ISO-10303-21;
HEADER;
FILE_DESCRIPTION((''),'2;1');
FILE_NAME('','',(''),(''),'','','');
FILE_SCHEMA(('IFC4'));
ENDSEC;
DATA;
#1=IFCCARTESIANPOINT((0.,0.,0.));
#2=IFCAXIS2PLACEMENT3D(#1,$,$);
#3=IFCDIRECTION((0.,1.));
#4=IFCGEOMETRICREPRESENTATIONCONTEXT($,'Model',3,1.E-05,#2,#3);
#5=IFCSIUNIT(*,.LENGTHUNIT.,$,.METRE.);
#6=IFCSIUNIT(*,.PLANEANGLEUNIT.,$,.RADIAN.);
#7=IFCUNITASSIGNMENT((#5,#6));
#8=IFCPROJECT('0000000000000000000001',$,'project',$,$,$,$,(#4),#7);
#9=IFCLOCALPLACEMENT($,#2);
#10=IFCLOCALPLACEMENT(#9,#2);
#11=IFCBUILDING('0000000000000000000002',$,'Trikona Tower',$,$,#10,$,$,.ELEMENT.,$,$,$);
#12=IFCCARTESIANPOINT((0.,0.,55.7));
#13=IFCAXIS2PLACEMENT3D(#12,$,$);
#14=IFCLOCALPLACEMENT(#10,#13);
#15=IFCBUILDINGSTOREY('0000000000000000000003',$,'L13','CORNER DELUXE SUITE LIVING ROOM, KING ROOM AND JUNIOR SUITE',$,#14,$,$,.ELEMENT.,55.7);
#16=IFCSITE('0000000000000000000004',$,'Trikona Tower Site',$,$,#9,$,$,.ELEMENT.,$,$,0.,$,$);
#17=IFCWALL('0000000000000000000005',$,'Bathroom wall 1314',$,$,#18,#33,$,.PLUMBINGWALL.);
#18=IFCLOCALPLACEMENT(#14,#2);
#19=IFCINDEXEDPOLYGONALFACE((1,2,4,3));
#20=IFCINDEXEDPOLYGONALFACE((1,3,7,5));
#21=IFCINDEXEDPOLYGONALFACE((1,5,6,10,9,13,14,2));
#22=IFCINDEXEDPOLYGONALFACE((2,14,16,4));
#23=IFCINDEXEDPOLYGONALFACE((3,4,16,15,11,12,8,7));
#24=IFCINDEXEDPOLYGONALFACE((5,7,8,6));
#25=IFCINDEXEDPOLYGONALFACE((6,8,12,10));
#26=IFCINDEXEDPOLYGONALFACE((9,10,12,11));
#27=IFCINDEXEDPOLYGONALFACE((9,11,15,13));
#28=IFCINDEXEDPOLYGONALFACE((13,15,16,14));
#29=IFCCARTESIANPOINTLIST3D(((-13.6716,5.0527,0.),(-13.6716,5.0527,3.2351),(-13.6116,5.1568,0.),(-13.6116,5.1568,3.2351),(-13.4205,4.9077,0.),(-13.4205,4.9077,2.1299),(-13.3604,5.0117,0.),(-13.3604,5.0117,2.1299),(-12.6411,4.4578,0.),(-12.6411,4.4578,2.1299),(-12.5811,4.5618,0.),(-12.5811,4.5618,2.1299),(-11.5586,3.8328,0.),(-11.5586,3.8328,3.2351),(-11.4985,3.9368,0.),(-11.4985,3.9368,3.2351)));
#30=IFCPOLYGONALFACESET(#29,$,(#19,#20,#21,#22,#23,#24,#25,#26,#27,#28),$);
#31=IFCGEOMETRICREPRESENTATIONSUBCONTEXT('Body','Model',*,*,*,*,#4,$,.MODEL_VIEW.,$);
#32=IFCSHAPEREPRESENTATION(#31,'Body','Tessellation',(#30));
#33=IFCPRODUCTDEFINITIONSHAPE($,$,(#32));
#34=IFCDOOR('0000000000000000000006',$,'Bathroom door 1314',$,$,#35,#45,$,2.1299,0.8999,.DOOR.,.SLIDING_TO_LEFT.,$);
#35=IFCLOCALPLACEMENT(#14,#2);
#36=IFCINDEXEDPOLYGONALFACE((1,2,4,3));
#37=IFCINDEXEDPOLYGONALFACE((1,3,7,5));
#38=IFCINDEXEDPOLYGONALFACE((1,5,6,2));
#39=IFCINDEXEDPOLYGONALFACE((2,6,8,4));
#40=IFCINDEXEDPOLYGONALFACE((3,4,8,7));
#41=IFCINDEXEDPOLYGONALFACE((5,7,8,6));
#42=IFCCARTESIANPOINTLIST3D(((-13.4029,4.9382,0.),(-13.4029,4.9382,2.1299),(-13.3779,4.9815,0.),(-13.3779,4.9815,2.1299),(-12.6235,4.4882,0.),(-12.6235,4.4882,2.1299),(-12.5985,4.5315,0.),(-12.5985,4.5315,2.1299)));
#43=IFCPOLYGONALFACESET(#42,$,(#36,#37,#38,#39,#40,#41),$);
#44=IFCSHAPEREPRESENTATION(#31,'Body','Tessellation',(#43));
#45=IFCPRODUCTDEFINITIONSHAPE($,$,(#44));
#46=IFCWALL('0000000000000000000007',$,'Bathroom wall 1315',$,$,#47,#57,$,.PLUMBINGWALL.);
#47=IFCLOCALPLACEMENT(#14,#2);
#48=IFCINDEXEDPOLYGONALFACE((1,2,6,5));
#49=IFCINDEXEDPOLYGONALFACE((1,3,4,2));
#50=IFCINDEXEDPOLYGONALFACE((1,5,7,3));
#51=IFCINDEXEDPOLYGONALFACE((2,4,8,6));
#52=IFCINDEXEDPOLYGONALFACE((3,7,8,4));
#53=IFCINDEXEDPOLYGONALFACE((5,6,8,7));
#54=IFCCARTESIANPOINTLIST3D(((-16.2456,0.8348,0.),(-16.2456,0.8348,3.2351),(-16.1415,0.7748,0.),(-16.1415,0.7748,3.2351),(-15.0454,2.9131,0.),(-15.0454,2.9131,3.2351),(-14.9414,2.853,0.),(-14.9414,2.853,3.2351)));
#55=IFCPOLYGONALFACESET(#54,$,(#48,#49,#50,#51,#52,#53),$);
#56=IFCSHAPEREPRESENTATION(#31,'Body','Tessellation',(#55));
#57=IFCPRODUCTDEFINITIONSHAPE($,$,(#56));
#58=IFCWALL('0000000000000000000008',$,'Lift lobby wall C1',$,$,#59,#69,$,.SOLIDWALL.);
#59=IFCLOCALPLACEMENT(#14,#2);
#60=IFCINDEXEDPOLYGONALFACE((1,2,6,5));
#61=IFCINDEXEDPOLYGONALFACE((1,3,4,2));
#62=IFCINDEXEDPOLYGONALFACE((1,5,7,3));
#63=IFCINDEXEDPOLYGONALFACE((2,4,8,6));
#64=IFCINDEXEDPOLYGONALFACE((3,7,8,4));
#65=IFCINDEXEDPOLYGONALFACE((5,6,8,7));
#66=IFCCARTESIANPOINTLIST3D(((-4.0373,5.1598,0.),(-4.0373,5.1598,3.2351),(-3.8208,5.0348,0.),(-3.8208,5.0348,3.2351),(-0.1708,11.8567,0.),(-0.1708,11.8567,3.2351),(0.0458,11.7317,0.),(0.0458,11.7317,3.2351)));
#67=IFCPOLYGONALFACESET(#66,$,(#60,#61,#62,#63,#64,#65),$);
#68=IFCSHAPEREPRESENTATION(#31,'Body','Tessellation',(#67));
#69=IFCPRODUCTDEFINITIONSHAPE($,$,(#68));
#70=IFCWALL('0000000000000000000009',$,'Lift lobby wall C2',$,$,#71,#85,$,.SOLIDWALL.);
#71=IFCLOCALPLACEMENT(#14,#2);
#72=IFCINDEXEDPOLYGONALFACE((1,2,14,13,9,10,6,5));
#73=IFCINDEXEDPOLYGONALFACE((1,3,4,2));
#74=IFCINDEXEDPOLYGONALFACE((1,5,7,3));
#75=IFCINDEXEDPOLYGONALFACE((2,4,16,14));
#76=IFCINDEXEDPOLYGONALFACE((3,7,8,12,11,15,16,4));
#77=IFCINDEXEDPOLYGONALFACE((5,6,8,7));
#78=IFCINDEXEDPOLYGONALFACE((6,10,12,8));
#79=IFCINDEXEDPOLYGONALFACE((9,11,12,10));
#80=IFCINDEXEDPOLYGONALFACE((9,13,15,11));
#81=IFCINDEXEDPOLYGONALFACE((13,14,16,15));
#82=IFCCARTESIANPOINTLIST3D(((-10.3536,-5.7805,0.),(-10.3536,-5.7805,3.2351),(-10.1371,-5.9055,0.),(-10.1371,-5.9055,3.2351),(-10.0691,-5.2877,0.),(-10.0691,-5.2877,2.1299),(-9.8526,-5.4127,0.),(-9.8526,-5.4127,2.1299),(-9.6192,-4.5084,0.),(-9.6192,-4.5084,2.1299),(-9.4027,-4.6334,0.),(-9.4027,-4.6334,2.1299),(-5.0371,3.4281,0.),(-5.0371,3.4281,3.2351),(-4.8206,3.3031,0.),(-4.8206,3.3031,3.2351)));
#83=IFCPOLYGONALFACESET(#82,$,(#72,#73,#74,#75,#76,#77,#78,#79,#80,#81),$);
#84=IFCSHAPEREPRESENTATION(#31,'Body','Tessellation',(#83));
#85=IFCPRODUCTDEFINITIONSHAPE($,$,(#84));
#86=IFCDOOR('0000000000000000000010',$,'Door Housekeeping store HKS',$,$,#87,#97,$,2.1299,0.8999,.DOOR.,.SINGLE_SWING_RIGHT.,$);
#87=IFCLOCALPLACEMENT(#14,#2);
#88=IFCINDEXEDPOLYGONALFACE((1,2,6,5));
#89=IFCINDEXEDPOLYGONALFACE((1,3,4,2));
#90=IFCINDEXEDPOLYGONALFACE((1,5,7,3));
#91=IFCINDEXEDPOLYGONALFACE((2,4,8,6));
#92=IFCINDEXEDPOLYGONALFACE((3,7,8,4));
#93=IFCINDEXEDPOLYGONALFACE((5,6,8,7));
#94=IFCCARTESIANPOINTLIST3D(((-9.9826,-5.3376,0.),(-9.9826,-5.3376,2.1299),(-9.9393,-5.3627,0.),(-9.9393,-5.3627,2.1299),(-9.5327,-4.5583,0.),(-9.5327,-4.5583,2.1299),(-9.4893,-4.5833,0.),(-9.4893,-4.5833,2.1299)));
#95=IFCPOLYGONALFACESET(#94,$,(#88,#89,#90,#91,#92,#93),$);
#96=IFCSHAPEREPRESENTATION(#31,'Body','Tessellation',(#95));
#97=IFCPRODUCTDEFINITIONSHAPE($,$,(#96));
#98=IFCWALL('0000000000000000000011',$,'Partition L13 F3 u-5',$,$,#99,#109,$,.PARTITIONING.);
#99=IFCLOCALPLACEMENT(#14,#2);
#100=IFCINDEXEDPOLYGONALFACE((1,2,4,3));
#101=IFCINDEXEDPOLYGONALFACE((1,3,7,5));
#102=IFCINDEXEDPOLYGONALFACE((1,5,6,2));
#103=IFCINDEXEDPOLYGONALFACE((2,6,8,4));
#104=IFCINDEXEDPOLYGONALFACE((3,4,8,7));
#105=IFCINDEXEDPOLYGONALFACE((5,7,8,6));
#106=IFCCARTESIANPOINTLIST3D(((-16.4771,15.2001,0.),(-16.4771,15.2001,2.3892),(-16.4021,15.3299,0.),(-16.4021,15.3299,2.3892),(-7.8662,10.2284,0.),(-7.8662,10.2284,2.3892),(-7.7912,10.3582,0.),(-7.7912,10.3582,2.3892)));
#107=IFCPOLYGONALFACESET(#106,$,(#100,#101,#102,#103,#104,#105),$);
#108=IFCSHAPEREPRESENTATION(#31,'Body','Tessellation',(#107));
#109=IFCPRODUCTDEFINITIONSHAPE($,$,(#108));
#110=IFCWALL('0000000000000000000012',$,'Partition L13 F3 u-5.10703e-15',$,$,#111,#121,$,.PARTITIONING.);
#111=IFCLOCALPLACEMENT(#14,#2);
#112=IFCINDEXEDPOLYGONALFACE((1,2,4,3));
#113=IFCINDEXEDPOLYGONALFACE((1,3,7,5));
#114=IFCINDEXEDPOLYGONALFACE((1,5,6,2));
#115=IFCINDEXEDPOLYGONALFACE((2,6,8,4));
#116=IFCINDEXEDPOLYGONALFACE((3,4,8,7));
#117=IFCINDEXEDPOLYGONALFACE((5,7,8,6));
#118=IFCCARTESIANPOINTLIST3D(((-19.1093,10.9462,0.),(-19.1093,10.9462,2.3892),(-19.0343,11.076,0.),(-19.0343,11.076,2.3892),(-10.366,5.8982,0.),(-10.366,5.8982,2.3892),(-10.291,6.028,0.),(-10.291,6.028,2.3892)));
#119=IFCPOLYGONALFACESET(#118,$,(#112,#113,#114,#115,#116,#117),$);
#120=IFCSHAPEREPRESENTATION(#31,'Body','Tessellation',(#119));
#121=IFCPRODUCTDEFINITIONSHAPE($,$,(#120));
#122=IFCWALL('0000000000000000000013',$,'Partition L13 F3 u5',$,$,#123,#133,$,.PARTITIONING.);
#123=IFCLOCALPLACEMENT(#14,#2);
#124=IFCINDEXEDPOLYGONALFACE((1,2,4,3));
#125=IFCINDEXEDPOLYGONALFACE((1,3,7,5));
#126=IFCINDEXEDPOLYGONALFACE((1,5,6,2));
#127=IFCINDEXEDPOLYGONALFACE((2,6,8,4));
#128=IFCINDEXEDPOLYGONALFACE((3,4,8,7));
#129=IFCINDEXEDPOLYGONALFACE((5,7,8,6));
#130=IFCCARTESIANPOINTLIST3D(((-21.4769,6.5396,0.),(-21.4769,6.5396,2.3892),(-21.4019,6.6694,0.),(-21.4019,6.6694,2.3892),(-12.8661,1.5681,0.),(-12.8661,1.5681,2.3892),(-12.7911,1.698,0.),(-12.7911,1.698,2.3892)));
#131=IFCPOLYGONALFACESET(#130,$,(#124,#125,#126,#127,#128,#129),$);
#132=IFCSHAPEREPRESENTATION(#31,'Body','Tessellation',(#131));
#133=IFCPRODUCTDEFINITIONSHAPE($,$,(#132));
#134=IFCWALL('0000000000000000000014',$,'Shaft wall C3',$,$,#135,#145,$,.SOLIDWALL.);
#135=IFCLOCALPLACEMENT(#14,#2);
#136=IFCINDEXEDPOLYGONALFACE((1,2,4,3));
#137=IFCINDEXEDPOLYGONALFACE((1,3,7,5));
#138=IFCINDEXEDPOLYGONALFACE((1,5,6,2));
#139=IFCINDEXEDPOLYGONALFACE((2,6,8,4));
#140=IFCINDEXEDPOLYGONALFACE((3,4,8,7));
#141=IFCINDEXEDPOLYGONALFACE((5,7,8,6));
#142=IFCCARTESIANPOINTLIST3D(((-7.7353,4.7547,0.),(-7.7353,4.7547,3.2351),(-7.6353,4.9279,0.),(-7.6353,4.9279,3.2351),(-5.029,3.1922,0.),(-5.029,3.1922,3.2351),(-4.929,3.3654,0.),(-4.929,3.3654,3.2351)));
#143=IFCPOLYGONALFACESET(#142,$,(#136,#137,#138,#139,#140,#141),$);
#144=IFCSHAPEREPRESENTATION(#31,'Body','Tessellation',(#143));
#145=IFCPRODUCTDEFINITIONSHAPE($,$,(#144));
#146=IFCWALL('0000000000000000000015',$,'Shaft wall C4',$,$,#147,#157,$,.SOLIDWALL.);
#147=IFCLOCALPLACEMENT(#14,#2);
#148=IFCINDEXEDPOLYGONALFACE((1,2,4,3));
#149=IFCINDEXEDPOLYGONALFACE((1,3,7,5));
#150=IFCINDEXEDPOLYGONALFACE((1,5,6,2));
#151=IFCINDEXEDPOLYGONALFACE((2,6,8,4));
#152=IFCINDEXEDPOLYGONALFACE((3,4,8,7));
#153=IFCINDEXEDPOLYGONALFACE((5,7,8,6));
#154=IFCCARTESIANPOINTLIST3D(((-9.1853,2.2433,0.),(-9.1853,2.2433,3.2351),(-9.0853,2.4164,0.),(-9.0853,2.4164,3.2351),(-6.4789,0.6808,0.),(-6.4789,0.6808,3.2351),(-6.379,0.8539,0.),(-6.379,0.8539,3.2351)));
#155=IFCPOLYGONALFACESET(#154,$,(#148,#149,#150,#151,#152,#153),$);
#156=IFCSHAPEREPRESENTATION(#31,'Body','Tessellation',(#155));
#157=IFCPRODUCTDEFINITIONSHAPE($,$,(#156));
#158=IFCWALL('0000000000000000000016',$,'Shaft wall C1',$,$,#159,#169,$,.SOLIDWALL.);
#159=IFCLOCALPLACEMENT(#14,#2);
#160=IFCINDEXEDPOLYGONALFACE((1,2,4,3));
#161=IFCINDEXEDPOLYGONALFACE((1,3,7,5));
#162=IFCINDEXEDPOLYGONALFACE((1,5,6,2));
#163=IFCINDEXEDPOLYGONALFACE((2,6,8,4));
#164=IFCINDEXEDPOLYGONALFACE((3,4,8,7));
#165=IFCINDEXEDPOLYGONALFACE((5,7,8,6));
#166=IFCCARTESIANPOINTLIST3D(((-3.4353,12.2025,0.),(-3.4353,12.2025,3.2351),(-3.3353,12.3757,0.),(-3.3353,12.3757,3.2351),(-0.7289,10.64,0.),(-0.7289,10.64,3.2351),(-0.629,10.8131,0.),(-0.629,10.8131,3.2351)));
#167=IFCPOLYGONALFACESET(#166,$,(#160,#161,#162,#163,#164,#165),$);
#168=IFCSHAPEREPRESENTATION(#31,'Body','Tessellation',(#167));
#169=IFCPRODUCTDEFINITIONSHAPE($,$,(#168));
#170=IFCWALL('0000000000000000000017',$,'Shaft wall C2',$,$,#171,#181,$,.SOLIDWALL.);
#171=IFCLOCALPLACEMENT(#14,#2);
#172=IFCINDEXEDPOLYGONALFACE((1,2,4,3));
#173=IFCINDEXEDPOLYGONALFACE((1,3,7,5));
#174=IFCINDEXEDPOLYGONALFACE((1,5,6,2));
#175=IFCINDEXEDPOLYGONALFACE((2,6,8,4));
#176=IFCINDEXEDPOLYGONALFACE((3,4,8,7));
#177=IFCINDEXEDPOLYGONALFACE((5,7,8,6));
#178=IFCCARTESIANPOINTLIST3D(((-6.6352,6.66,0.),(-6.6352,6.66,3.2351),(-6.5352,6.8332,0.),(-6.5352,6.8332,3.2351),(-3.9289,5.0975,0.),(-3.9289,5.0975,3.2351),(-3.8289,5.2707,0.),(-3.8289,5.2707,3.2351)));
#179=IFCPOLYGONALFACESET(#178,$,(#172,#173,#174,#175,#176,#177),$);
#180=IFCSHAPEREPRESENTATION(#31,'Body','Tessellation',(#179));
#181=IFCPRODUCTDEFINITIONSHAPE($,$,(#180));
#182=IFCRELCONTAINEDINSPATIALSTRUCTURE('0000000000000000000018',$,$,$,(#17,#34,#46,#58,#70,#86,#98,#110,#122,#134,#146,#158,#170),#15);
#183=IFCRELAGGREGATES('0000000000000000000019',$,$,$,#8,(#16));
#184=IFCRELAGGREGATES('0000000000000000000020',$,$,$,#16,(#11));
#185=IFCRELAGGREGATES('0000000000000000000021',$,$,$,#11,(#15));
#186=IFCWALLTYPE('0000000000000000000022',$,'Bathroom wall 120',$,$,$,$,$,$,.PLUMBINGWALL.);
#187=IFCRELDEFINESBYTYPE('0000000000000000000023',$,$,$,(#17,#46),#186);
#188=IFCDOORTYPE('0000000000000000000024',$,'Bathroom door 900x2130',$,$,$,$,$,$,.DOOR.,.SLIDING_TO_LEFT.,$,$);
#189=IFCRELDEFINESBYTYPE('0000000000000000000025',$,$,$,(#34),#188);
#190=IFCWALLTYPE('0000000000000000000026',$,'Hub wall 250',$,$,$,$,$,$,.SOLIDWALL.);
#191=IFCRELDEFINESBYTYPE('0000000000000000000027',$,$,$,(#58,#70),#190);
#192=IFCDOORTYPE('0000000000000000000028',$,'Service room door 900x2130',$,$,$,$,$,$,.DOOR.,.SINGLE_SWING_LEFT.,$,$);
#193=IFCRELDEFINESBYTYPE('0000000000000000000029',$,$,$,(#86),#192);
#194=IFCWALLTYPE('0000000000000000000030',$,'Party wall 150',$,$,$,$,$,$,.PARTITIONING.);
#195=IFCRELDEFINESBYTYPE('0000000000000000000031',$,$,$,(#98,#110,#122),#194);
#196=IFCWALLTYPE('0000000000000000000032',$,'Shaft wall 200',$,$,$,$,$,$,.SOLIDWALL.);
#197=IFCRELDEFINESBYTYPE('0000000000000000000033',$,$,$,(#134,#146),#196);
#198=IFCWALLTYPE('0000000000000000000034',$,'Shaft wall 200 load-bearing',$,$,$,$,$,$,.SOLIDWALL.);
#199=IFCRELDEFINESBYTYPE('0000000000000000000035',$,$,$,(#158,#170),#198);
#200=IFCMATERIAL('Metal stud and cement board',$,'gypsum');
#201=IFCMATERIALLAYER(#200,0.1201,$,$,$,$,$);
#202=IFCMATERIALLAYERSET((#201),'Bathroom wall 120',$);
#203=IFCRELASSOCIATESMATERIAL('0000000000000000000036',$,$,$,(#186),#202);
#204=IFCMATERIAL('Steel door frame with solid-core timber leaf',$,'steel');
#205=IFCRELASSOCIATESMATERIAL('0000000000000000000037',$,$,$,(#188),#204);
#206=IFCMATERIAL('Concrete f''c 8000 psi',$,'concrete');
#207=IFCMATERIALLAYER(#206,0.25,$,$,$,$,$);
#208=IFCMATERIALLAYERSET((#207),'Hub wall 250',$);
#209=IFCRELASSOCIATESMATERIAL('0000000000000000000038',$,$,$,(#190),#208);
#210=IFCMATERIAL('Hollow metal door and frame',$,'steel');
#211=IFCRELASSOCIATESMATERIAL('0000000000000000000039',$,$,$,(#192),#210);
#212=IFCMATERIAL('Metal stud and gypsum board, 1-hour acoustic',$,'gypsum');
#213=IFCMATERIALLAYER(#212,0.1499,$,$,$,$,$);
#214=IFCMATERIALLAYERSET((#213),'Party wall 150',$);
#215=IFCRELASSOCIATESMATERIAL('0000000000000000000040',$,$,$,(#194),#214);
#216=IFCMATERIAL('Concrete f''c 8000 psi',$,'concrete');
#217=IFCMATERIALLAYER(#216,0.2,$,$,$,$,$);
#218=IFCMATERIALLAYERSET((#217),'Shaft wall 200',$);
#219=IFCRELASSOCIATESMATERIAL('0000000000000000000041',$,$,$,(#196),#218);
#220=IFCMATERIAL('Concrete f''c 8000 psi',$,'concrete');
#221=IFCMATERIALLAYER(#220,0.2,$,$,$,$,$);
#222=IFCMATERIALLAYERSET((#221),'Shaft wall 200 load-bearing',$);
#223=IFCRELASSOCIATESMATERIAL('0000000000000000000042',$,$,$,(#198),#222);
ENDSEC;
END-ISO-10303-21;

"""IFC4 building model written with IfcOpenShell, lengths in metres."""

from ifc_helpers import new_model, si_unit, direction, frame, frame_2d, origin, place, context, subcontext, project, spatial, rectangle, extrude, material, layer, layer_set, type_object, element, fill, save


model = new_model("IFC4")

# Units and contexts
model_context = context("Model", 3, precision=1e-05, world=origin(), true_north=direction((0.0, 1.0)))
body_context = subcontext(model_context, "Body", "Model", "MODEL_VIEW")
ifc_project = project(units=[si_unit("LENGTHUNIT", "METRE"), si_unit("PLANEANGLEUNIT", "RADIAN")], contexts=[model_context])

# Site, building, storey
site_placement = place(None, origin())
site = spatial("IfcSite", under=ifc_project, at=site_placement, Name="Trikona Tower Site", CompositionType="ELEMENT", RefElevation=0.0)
building_placement = place(site_placement, origin())
building = spatial("IfcBuilding", under=site, at=building_placement, Name="Trikona Tower", CompositionType="ELEMENT")
storey_placement = place(building_placement, frame((0.0, 0.0, 55.7)))
storey = spatial("IfcBuildingStorey", under=building, at=storey_placement, Name="L13", Description="CORNER DELUXE SUITE LIVING ROOM, KING ROOM AND JUNIOR SUITE", CompositionType="ELEMENT", Elevation=55.7)

# Shared definitions
ifc_material_1 = material(Name="Metal stud and cement board", Category="gypsum")
ifc_layer_1 = layer(ifc_material_1, 0.1201)
ifc_layer_set_1 = layer_set([ifc_layer_1], Name="Bathroom wall 120")
wall_type_1 = type_object("IfcWallType", Name="Bathroom wall 120", PredefinedType="PLUMBINGWALL", material=ifc_layer_set_1)
ifc_material_2 = material(Name="Steel door frame with solid-core timber leaf", Category="steel")
door_type_1 = type_object("IfcDoorType", Name="Bathroom door 900x2130", OperationType="SLIDING_TO_LEFT", PredefinedType="DOOR", material=ifc_material_2)

# Wall, opening, door
wall_1_placement = place(storey_placement, frame((-11.5286, 3.8848, 0.0), z_axis=(0.0, 0.0, 1.0), x_axis=(-0.866024, 0.500003, 0.0)))
wall_1 = element("IfcWall", 1, at=wall_1_placement, inside=storey, type_object=wall_type_1, Name="Bathroom wall 1314", PredefinedType="PLUMBINGWALL", context=body_context, shape_type="SweptSolid", body=[
    extrude(rectangle(XDim=2.4399, YDim=0.1201, at=frame_2d((1.22, 0.0))), origin(), (0.0, 0.0, 1.0), 3.2351),
])
opening_1_placement = place(wall_1_placement, frame((1.25, 0.0, 0.0)))
opening_1 = element("IfcOpeningElement", 2, at=opening_1_placement, cuts=wall_1, PredefinedType="OPENING", context=body_context, shape_type="SweptSolid", body=[
    extrude(rectangle(XDim=0.8999, YDim=2.1299, at=frame_2d((0.45, 1.0649))), frame((0.0, 0.0701, 0.0), z_axis=(0.0, -1.0, 0.0), x_axis=(1.0, 0.0, 0.0)), (0.0, 0.0, 1.0), 0.1401),
])
door_1_placement = place(opening_1_placement, origin())
door_1 = element("IfcDoor", 3, at=door_1_placement, inside=storey, type_object=door_type_1, Name="Bathroom door 1314", OperationType="SLIDING_TO_LEFT", OverallHeight=2.1299, OverallWidth=0.8999, PredefinedType="DOOR", context=body_context, shape_type="SweptSolid", body=[
    extrude(rectangle(XDim=0.8999, YDim=2.1299, at=frame_2d((0.45, 1.0649))), frame((0.0, 0.0249, 0.0), z_axis=(0.0, -1.0, 0.0), x_axis=(1.0, 0.0, 0.0)), (0.0, 0.0, 1.0), 0.05),
])
fill(opening_1, door_1)

# Walls
wall_2_placement = place(storey_placement, frame((-14.9934, 2.8831, 0.0), z_axis=(0.0, 0.0, 1.0), x_axis=(-0.500078, -0.865981, 0.0)))
element("IfcWall", 4, at=wall_2_placement, inside=storey, type_object=wall_type_1, Name="Bathroom wall 1315", PredefinedType="PLUMBINGWALL", context=body_context, shape_type="SweptSolid", body=[
    extrude(rectangle(XDim=2.3999, YDim=0.1201, at=frame_2d((1.2, 0.0))), origin(), (0.0, 0.0, 1.0), 3.2351),
])
ifc_material_3 = material(Name="Concrete f'c 8000 psi", Category="concrete")
ifc_layer_2 = layer(ifc_material_3, 0.25)
ifc_layer_set_2 = layer_set([ifc_layer_2], Name="Hub wall 250")
wall_type_2 = type_object("IfcWallType", Name="Hub wall 250", PredefinedType="SOLIDWALL", material=ifc_layer_set_2)
wall_3_placement = place(storey_placement, frame((-0.0625, 11.7942, 0.0), z_axis=(0.0, 0.0, 1.0), x_axis=(-0.500007, -0.866022, 0.0)))
element("IfcWall", 5, at=wall_3_placement, inside=storey, type_object=wall_type_2, Name="Lift lobby wall C1", PredefinedType="SOLIDWALL", context=body_context, shape_type="SweptSolid", body=[
    extrude(rectangle(XDim=7.7329, YDim=0.25, at=frame_2d((3.8665, 0.0))), origin(), (0.0, 0.0, 1.0), 3.2351),
])

# Wall, opening, door
wall_4_placement = place(storey_placement, frame((-4.929, 3.3655, 0.0), z_axis=(0.0, 0.0, 1.0), x_axis=(-0.499991, -0.86603, 0.0)))
wall_4 = element("IfcWall", 6, at=wall_4_placement, inside=storey, type_object=wall_type_2, Name="Lift lobby wall C2", PredefinedType="SOLIDWALL", context=body_context, shape_type="SweptSolid", body=[
    extrude(rectangle(XDim=10.6331, YDim=0.25, at=frame_2d((5.3164, 0.0))), origin(), (0.0, 0.0, 1.0), 3.2351),
])
opening_2_placement = place(wall_4_placement, frame((9.1641, 0.0, 0.0)))
opening_2 = element("IfcOpeningElement", 7, at=opening_2_placement, cuts=wall_4, PredefinedType="OPENING", context=body_context, shape_type="SweptSolid", body=[
    extrude(rectangle(XDim=0.8999, YDim=2.1299, at=frame_2d((0.45, 1.0649))), frame((0.0, 0.135, 0.0), z_axis=(0.0, -1.0, 0.0), x_axis=(1.0, 0.0, 0.0)), (0.0, 0.0, 1.0), 0.27),
])
ifc_material_4 = material(Name="Hollow metal door and frame", Category="steel")
door_type_2 = type_object("IfcDoorType", Name="Service room door 900x2130", OperationType="SINGLE_SWING_LEFT", PredefinedType="DOOR", material=ifc_material_4)
door_2_placement = place(opening_2_placement, origin())
door_2 = element("IfcDoor", 8, at=door_2_placement, inside=storey, type_object=door_type_2, Name="Door Housekeeping store HKS", OperationType="SINGLE_SWING_RIGHT", OverallHeight=2.1299, OverallWidth=0.8999, PredefinedType="DOOR", context=body_context, shape_type="SweptSolid", body=[
    extrude(rectangle(XDim=0.8999, YDim=2.1299, at=frame_2d((0.45, 1.0649))), frame((0.0, 0.0249, 0.0), z_axis=(0.0, -1.0, 0.0), x_axis=(1.0, 0.0, 0.0)), (0.0, 0.0, 1.0), 0.05),
])
fill(opening_2, door_2)

# Walls
ifc_material_5 = material(Name="Metal stud and gypsum board, 1-hour acoustic", Category="gypsum")
ifc_layer_3 = layer(ifc_material_5, 0.1499)
ifc_layer_set_3 = layer_set([ifc_layer_3], Name="Party wall 150")
wall_type_3 = type_object("IfcWallType", Name="Party wall 150", PredefinedType="PARTITIONING", material=ifc_layer_set_3)
wall_5_placement = place(storey_placement, frame((-7.8286, 10.2932, 0.0), z_axis=(0.0, 0.0, 1.0), x_axis=(-0.866016, 0.500016, 0.0)))
element("IfcWall", 9, at=wall_5_placement, inside=storey, type_object=wall_type_3, Name="Partition L13 F3 u-5", PredefinedType="PARTITIONING", context=body_context, shape_type="SweptSolid", body=[
    extrude(rectangle(XDim=9.9431, YDim=0.1499, at=frame_2d((4.9717, 0.0))), origin(), (0.0, 0.0, 1.0), 2.3892),
])
wall_6_placement = place(storey_placement, frame((-10.3286, 5.9631, 0.0), z_axis=(0.0, 0.0, 1.0), x_axis=(-0.866022, 0.500006, 0.0)))
element("IfcWall", 10, at=wall_6_placement, inside=storey, type_object=wall_type_3, Name="Partition L13 F3 u-5.10703e-15", PredefinedType="PARTITIONING", context=body_context, shape_type="SweptSolid", body=[
    extrude(rectangle(XDim=10.0959, YDim=0.1499, at=frame_2d((5.0479, 0.0))), origin(), (0.0, 0.0, 1.0), 2.3892),
])
wall_7_placement = place(storey_placement, frame((-12.8286, 1.6331, 0.0), z_axis=(0.0, 0.0, 1.0), x_axis=(-0.866027, 0.499997, 0.0)))
element("IfcWall", 11, at=wall_7_placement, inside=storey, type_object=wall_type_3, Name="Partition L13 F3 u5", PredefinedType="PARTITIONING", context=body_context, shape_type="SweptSolid", body=[
    extrude(rectangle(XDim=9.9429, YDim=0.1499, at=frame_2d((4.9714, 0.0))), origin(), (0.0, 0.0, 1.0), 2.3892),
])
ifc_material_6 = material(Name="Concrete f'c 8000 psi", Category="concrete")
ifc_layer_4 = layer(ifc_material_6, 0.2)
ifc_layer_set_4 = layer_set([ifc_layer_4], Name="Shaft wall 200")
wall_type_4 = type_object("IfcWallType", Name="Shaft wall 200", PredefinedType="SOLIDWALL", material=ifc_layer_set_4)
for number, where, z_axis, x_axis, name in (
    (12, (-4.979, 3.2788, 0.0), (0.0, 0.0, 1.0), (-0.866023, 0.500004, 0.0), "Shaft wall C3"),
    (13, (-6.429, 0.7673, 0.0), (0.0, 0.0, 1.0), (-0.866023, 0.500004, 0.0), "Shaft wall C4"),
):
    element("IfcWall", number, at=place(storey_placement, frame(where, z_axis=z_axis, x_axis=x_axis)), inside=storey, type_object=wall_type_4, Name=name, PredefinedType="SOLIDWALL", context=body_context, shape_type="SweptSolid", body=[
        extrude(rectangle(XDim=3.125, YDim=0.2, at=frame_2d((1.5625, 0.0))), origin(), (0.0, 0.0, 1.0), 3.2351),
    ])
ifc_material_7 = material(Name="Concrete f'c 8000 psi", Category="concrete")
ifc_layer_5 = layer(ifc_material_7, 0.2)
ifc_layer_set_5 = layer_set([ifc_layer_5], Name="Shaft wall 200 load-bearing")
wall_type_5 = type_object("IfcWallType", Name="Shaft wall 200 load-bearing", PredefinedType="SOLIDWALL", material=ifc_layer_set_5)
for number, where, z_axis, x_axis, name in (
    (14, (-0.679, 10.7266, 0.0), (0.0, 0.0, 1.0), (-0.866023, 0.500004, 0.0), "Shaft wall C1"),
    (15, (-3.8789, 5.1841, 0.0), (0.0, 0.0, 1.0), (-0.866023, 0.500004, 0.0), "Shaft wall C2"),
):
    element("IfcWall", number, at=place(storey_placement, frame(where, z_axis=z_axis, x_axis=x_axis)), inside=storey, type_object=wall_type_5, Name=name, PredefinedType="SOLIDWALL", context=body_context, shape_type="SweptSolid", body=[
        extrude(rectangle(XDim=3.125, YDim=0.2, at=frame_2d((1.5625, 0.0))), origin(), (0.0, 0.0, 1.0), 3.2351),
    ])

save(model, "model.ifc")
